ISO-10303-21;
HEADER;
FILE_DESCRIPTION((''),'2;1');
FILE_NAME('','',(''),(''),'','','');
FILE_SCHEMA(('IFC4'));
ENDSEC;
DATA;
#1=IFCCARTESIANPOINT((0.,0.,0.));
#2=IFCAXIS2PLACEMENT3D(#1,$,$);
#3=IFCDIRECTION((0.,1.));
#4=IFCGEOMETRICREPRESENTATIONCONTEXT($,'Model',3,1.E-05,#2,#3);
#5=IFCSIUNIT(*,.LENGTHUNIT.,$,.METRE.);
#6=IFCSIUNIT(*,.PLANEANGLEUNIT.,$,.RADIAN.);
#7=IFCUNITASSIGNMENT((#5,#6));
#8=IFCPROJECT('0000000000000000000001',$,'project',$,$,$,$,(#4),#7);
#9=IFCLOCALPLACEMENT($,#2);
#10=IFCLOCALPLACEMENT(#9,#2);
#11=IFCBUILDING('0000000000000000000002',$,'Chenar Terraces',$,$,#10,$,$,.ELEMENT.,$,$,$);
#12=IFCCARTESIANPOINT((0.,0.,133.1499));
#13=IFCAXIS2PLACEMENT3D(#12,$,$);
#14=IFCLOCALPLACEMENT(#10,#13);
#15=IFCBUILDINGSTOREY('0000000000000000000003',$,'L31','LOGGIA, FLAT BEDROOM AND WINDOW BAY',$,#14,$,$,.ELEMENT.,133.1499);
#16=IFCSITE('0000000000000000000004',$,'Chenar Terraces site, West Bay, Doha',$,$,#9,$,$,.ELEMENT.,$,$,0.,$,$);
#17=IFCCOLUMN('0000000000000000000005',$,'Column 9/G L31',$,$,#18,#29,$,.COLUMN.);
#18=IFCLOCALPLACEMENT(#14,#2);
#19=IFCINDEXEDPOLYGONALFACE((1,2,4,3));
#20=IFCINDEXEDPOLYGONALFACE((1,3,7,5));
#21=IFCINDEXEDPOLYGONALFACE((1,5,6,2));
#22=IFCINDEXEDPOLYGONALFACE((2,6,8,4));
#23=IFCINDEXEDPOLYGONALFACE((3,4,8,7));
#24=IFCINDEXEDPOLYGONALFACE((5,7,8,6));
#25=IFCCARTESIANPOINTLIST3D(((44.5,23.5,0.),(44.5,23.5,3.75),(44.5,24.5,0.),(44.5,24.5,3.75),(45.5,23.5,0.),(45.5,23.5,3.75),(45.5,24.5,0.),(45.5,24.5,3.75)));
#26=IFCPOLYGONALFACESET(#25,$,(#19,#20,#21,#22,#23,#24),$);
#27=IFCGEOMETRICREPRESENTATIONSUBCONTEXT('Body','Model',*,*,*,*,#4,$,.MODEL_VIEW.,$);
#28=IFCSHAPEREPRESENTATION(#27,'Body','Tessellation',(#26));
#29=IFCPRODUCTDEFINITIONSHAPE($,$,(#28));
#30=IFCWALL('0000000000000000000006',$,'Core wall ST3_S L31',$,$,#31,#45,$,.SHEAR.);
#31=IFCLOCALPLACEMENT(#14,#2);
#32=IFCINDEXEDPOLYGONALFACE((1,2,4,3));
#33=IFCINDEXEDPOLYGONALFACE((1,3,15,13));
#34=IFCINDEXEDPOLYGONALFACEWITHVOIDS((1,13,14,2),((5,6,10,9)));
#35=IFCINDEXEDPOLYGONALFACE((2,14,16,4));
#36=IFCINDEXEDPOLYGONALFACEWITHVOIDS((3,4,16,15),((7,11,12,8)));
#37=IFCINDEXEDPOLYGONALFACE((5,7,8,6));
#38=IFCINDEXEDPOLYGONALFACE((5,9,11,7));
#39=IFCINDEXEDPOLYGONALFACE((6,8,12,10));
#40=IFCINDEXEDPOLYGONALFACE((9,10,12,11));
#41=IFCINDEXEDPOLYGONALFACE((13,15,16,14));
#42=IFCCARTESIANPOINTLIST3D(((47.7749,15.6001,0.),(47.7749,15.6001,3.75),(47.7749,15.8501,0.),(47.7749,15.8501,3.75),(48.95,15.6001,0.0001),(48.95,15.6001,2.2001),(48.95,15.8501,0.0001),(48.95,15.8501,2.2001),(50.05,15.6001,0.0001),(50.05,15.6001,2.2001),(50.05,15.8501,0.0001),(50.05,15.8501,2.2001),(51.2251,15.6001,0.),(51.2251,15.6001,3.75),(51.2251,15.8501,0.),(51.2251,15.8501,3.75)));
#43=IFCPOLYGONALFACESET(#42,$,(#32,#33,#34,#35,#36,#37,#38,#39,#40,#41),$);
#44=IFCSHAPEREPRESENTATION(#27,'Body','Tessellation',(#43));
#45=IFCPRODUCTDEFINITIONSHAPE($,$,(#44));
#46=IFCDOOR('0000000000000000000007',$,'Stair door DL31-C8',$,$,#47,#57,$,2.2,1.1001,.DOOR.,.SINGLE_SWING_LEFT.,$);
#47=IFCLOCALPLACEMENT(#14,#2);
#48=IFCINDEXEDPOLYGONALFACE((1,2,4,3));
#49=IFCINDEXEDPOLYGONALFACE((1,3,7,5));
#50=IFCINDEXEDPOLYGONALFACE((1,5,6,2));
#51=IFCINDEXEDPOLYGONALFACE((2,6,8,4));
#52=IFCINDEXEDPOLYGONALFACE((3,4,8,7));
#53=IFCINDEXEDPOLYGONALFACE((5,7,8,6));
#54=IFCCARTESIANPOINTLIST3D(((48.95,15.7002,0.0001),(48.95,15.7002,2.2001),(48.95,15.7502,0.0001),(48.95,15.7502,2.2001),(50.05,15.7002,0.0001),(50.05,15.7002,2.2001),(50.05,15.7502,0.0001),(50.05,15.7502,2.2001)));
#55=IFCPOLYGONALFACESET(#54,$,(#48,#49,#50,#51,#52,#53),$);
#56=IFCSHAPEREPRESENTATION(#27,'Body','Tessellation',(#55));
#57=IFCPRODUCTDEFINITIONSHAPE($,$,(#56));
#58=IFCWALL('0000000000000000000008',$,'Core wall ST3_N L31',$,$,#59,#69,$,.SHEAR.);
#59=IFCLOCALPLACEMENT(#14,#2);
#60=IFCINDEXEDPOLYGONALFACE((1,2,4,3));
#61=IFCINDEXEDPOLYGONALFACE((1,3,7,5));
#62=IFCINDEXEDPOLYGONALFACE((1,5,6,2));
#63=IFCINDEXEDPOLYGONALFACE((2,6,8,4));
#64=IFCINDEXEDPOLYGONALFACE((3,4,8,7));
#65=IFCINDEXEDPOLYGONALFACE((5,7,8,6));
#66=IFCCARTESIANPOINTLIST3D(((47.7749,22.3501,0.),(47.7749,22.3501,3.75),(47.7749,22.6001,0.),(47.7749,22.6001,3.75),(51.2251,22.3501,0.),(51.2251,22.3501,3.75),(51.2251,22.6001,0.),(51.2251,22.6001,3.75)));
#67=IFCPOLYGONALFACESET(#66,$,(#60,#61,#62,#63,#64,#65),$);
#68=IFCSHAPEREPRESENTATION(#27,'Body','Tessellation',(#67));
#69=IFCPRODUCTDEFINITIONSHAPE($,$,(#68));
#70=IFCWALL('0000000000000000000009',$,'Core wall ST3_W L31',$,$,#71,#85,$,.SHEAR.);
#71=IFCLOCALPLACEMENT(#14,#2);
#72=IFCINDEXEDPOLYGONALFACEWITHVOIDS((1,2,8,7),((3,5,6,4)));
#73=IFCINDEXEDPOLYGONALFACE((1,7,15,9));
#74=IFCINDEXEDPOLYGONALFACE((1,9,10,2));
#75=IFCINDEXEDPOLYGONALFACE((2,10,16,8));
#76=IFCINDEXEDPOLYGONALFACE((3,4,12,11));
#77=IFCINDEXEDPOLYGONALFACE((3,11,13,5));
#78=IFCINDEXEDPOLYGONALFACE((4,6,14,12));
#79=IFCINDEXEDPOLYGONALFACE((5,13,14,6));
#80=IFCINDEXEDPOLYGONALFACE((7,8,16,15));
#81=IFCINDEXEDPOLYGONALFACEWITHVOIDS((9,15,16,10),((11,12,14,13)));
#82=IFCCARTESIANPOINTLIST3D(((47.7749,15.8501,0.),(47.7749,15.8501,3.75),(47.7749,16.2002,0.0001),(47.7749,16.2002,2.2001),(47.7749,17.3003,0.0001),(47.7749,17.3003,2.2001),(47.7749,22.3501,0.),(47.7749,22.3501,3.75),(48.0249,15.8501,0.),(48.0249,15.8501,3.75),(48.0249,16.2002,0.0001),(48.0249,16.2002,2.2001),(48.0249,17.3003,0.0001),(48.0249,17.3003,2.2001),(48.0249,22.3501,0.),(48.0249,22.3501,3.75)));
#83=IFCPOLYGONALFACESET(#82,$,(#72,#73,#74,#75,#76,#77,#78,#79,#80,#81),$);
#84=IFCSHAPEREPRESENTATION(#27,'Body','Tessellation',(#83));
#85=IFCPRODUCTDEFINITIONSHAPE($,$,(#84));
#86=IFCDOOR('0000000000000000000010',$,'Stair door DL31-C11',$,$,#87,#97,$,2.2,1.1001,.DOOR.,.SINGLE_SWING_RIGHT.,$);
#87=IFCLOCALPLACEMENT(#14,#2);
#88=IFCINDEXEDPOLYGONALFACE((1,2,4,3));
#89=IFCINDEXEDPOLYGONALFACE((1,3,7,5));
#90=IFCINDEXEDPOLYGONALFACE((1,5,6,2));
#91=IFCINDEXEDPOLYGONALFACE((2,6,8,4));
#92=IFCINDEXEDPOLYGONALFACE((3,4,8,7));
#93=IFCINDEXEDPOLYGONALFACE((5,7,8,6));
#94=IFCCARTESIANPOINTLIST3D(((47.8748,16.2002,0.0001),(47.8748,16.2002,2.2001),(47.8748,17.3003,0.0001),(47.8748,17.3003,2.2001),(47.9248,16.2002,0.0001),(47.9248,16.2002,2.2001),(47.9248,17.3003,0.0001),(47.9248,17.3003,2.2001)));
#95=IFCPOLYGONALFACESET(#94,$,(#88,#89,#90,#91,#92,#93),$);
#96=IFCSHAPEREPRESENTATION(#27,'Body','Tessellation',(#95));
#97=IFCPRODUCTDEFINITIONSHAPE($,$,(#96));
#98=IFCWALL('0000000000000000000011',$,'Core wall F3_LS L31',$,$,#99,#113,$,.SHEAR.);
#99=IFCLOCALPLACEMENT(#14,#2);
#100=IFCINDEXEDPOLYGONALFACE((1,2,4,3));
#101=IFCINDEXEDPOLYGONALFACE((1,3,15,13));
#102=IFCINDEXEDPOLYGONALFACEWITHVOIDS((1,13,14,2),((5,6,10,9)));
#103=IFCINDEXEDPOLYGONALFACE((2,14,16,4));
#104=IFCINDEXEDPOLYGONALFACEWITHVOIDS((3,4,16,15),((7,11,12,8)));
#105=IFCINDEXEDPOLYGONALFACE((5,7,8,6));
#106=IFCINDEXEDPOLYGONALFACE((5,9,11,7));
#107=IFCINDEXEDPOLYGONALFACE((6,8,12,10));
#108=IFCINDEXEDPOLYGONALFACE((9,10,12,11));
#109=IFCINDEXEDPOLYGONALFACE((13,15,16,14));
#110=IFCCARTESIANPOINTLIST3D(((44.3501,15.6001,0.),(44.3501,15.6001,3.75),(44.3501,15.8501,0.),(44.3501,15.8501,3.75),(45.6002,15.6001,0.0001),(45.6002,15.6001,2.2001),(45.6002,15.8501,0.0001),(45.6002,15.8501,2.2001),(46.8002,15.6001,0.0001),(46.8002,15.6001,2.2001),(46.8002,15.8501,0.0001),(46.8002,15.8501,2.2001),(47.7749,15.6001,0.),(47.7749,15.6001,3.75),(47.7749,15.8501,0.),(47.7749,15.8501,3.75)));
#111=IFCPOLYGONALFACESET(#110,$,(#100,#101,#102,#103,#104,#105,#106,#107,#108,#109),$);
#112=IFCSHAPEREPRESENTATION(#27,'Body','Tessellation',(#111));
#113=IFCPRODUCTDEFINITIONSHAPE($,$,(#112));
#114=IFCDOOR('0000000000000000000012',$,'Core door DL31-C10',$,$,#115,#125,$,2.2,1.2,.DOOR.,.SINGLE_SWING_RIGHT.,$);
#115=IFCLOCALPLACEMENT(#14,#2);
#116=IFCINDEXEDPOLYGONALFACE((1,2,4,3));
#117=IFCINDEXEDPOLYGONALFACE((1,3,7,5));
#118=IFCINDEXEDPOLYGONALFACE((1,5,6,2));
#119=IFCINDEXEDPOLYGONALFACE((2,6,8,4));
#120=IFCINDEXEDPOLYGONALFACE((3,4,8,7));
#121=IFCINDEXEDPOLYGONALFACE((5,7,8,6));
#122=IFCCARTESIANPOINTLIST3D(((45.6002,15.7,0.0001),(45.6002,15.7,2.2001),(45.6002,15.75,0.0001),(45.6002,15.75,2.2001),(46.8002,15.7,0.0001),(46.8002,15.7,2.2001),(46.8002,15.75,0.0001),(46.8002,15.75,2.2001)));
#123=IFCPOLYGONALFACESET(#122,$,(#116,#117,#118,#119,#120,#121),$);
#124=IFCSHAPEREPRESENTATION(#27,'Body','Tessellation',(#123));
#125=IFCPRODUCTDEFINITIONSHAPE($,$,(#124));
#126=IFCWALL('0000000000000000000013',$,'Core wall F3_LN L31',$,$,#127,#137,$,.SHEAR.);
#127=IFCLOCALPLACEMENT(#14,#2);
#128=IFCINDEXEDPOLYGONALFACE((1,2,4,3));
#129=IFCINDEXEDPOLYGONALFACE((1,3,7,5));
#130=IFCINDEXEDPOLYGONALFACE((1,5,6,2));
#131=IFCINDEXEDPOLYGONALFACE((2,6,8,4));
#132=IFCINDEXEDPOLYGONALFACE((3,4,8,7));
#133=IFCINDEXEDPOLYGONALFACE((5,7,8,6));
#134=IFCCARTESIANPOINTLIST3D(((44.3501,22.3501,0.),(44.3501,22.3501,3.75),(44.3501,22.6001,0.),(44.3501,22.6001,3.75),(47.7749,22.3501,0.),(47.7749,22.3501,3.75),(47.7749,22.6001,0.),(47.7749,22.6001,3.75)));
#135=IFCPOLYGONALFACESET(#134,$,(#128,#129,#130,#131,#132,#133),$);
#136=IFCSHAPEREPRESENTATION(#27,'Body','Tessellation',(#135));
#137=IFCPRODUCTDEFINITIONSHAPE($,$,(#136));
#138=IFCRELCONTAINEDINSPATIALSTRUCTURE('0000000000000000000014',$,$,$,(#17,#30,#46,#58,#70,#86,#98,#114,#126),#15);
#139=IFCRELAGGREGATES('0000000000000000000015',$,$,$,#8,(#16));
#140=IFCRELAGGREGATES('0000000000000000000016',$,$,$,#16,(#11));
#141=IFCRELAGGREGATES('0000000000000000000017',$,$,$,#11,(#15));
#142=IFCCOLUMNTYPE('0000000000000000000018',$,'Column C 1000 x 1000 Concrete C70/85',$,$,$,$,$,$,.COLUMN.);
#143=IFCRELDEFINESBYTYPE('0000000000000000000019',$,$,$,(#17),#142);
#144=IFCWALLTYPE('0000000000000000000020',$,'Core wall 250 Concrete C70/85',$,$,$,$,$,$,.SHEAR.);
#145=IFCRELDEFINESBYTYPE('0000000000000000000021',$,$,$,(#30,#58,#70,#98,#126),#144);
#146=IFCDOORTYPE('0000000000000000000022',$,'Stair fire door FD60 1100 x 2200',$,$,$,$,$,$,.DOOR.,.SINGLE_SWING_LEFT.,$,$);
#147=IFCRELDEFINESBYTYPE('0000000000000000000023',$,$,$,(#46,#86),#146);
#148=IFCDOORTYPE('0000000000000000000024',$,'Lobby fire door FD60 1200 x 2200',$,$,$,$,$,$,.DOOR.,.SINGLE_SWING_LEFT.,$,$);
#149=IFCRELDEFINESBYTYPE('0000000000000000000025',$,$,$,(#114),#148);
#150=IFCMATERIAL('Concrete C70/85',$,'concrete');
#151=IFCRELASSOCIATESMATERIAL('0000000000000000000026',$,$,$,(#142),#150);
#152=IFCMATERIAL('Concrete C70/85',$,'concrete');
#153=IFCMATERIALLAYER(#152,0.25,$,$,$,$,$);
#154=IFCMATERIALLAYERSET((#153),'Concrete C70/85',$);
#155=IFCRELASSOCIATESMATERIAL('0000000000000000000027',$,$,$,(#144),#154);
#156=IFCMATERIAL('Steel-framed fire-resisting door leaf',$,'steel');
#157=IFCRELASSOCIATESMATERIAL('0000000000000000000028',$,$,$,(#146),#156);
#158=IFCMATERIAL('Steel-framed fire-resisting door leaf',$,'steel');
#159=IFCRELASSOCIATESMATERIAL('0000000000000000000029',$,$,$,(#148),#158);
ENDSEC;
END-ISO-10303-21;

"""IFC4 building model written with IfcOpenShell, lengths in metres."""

from ifc_helpers import new_model, si_unit, direction, frame, frame_2d, origin, origin_2d, place, context, subcontext, project, spatial, rectangle, extrude, material, layer, layer_set, material_profile, profile_set, type_object, element, fill, save


model = new_model("IFC4")

# Units and contexts
model_context = context("Model", 3, precision=1e-05, world=origin(), true_north=direction((0.0, 1.0)))
body_context = subcontext(model_context, "Body", "Model", "MODEL_VIEW")
ifc_project = project(units=[si_unit("LENGTHUNIT", "METRE"), si_unit("PLANEANGLEUNIT", "RADIAN")], contexts=[model_context])

# Site, building, storey
site_placement = place(None, origin())
site = spatial("IfcSite", under=ifc_project, at=site_placement, Name="Chenar Terraces site, West Bay, Doha", CompositionType="ELEMENT", RefElevation=0.0)
building_placement = place(site_placement, origin())
building = spatial("IfcBuilding", under=site, at=building_placement, Name="Chenar Terraces", CompositionType="ELEMENT")
storey_placement = place(building_placement, frame((0.0, 0.0, 133.1499)))
storey = spatial("IfcBuildingStorey", under=building, at=storey_placement, Name="L31", Description="LOGGIA, FLAT BEDROOM AND WINDOW BAY", CompositionType="ELEMENT", Elevation=133.1499)

# Column
ifc_material_1 = material(Name="Concrete C70/85", Category="concrete")
ifc_material_profile = material_profile(ifc_material_1, rectangle(XDim=1.0, YDim=1.0, at=origin_2d()), Name="C 1000 x 1000")
ifc_profile_set = profile_set([ifc_material_profile], Name="Concrete C70/85")
column_type = type_object("IfcColumnType", Name="Column C 1000 x 1000 Concrete C70/85", PredefinedType="COLUMN", material=ifc_profile_set)
column_placement = place(storey_placement, frame((45.0, 24.0, 0.0), z_axis=(0.0, 0.0, 1.0), x_axis=(1.0, 0.0, 0.0)))
element("IfcColumn", 1, at=column_placement, inside=storey, type_object=column_type, Name="Column 9/G L31", PredefinedType="COLUMN", context=body_context, shape_type="SweptSolid", body=[
    extrude(rectangle(XDim=1.0, YDim=1.0, at=origin_2d()), origin(), (0.0, 0.0, 1.0), 3.75),
])

# Wall, opening, door
ifc_material_2 = material(Name="Concrete C70/85", Category="concrete")
ifc_layer_1 = layer(ifc_material_2, 0.25)
ifc_layer_set_1 = layer_set([ifc_layer_1], Name="Concrete C70/85")
wall_type_1 = type_object("IfcWallType", Name="Core wall 250 Concrete C70/85", PredefinedType="SHEAR", material=ifc_layer_set_1)
wall_1_placement = place(storey_placement, frame((47.7749, 15.7251, 0.0), z_axis=(0.0, 0.0, 1.0), x_axis=(1.0, 0.0, 0.0)))
wall_1 = element("IfcWall", 2, at=wall_1_placement, inside=storey, type_object=wall_type_1, Name="Core wall ST3_S L31", PredefinedType="SHEAR", context=body_context, shape_type="SweptSolid", body=[
    extrude(rectangle(XDim=3.4502, YDim=0.25, at=frame_2d((1.7251, 0.0))), origin(), (0.0, 0.0, 1.0), 3.75),
])
opening_1_placement = place(wall_1_placement, frame((1.175, 0.0, 0.0)))
opening_1 = element("IfcOpeningElement", 3, at=opening_1_placement, cuts=wall_1, PredefinedType="OPENING", context=body_context, shape_type="SweptSolid", body=[
    extrude(rectangle(XDim=1.1001, YDim=2.2, at=frame_2d((0.55, 1.1001))), frame((0.0, 0.135, 0.0), z_axis=(0.0, -1.0, 0.0), x_axis=(1.0, 0.0, 0.0)), (0.0, 0.0, 1.0), 0.27),
])
ifc_material_3 = material(Name="Steel-framed fire-resisting door leaf", Category="steel")
door_type_1 = type_object("IfcDoorType", Name="Stair fire door FD60 1100 x 2200", OperationType="SINGLE_SWING_LEFT", PredefinedType="DOOR", material=ifc_material_3)
door_1_placement = place(opening_1_placement, frame((1.1001, 0.0, 0.0), z_axis=(0.0, 0.0, 1.0), x_axis=(-1.0, 0.0, 0.0)))
door_1 = element("IfcDoor", 4, at=door_1_placement, inside=storey, type_object=door_type_1, Name="Stair door DL31-C8", OperationType="SINGLE_SWING_LEFT", OverallHeight=2.2, OverallWidth=1.1001, PredefinedType="DOOR", context=body_context, shape_type="SweptSolid", body=[
    extrude(rectangle(XDim=1.1001, YDim=2.2, at=frame_2d((0.55, 1.1001))), frame((0.0, 0.0249, 0.0), z_axis=(0.0, -1.0, 0.0), x_axis=(1.0, 0.0, 0.0)), (0.0, 0.0, 1.0), 0.05),
])
fill(opening_1, door_1)

# Wall
wall_2_placement = place(storey_placement, frame((47.7749, 22.4751, 0.0), z_axis=(0.0, 0.0, 1.0), x_axis=(1.0, 0.0, 0.0)))
element("IfcWall", 5, at=wall_2_placement, inside=storey, type_object=wall_type_1, Name="Core wall ST3_N L31", PredefinedType="SHEAR", context=body_context, shape_type="SweptSolid", body=[
    extrude(rectangle(XDim=3.4502, YDim=0.25, at=frame_2d((1.7251, 0.0))), origin(), (0.0, 0.0, 1.0), 3.75),
])

# Walls, openings, doors
wall_3_placement = place(storey_placement, frame((47.8999, 15.8501, 0.0), z_axis=(0.0, 0.0, 1.0), x_axis=(0.0, 1.0, 0.0)))
wall_3 = element("IfcWall", 6, at=wall_3_placement, inside=storey, type_object=wall_type_1, Name="Core wall ST3_W L31", PredefinedType="SHEAR", context=body_context, shape_type="SweptSolid", body=[
    extrude(rectangle(XDim=6.5, YDim=0.25, at=frame_2d((3.25, 0.0))), origin(), (0.0, 0.0, 1.0), 3.75),
])
opening_2_placement = place(wall_3_placement, frame((0.3501, 0.0, 0.0)))
opening_2 = element("IfcOpeningElement", 7, at=opening_2_placement, cuts=wall_3, PredefinedType="OPENING", context=body_context, shape_type="SweptSolid", body=[
    extrude(rectangle(XDim=1.1001, YDim=2.2, at=frame_2d((0.55, 1.1001))), frame((0.0, 0.135, 0.0), z_axis=(0.0, -1.0, 0.0), x_axis=(1.0, 0.0, 0.0)), (0.0, 0.0, 1.0), 0.27),
])
door_2_placement = place(opening_2_placement, frame((1.1001, 0.0, 0.0), z_axis=(0.0, 0.0, 1.0), x_axis=(-1.0, 0.0, 0.0)))
door_2 = element("IfcDoor", 8, at=door_2_placement, inside=storey, type_object=door_type_1, Name="Stair door DL31-C11", OperationType="SINGLE_SWING_RIGHT", OverallHeight=2.2, OverallWidth=1.1001, PredefinedType="DOOR", context=body_context, shape_type="SweptSolid", body=[
    extrude(rectangle(XDim=1.1001, YDim=2.2, at=frame_2d((0.55, 1.1001))), frame((0.0, 0.0249, 0.0), z_axis=(0.0, -1.0, 0.0), x_axis=(1.0, 0.0, 0.0)), (0.0, 0.0, 1.0), 0.05),
])
fill(opening_2, door_2)
wall_4_placement = place(storey_placement, frame((44.3501, 15.7251, 0.0), z_axis=(0.0, 0.0, 1.0), x_axis=(1.0, 0.0, 0.0)))
wall_4 = element("IfcWall", 9, at=wall_4_placement, inside=storey, type_object=wall_type_1, Name="Core wall F3_LS L31", PredefinedType="SHEAR", context=body_context, shape_type="SweptSolid", body=[
    extrude(rectangle(XDim=3.4248, YDim=0.25, at=frame_2d((1.7124, 0.0))), origin(), (0.0, 0.0, 1.0), 3.75),
])
opening_3_placement = place(wall_4_placement, frame((1.25, 0.0, 0.0)))
opening_3 = element("IfcOpeningElement", 10, at=opening_3_placement, cuts=wall_4, PredefinedType="OPENING", context=body_context, shape_type="SweptSolid", body=[
    extrude(rectangle(XDim=1.2, YDim=2.2, at=frame_2d((0.6001, 1.1001))), frame((0.0, 0.135, 0.0), z_axis=(0.0, -1.0, 0.0), x_axis=(1.0, 0.0, 0.0)), (0.0, 0.0, 1.0), 0.27),
])
ifc_material_4 = material(Name="Steel-framed fire-resisting door leaf", Category="steel")
door_type_2 = type_object("IfcDoorType", Name="Lobby fire door FD60 1200 x 2200", OperationType="SINGLE_SWING_LEFT", PredefinedType="DOOR", material=ifc_material_4)
door_3_placement = place(opening_3_placement, origin())
door_3 = element("IfcDoor", 11, at=door_3_placement, inside=storey, type_object=door_type_2, Name="Core door DL31-C10", OperationType="SINGLE_SWING_RIGHT", OverallHeight=2.2, OverallWidth=1.2, PredefinedType="DOOR", context=body_context, shape_type="SweptSolid", body=[
    extrude(rectangle(XDim=1.2, YDim=2.2, at=frame_2d((0.6001, 1.1001))), frame((0.0, 0.0249, 0.0), z_axis=(0.0, -1.0, 0.0), x_axis=(1.0, 0.0, 0.0)), (0.0, 0.0, 1.0), 0.05),
])
fill(opening_3, door_3)

# Wall
wall_5_placement = place(storey_placement, frame((44.3501, 22.4751, 0.0), z_axis=(0.0, 0.0, 1.0), x_axis=(1.0, 0.0, 0.0)))
element("IfcWall", 12, at=wall_5_placement, inside=storey, type_object=wall_type_1, Name="Core wall F3_LN L31", PredefinedType="SHEAR", context=body_context, shape_type="SweptSolid", body=[
    extrude(rectangle(XDim=3.4248, YDim=0.25, at=frame_2d((1.7124, 0.0))), origin(), (0.0, 0.0, 1.0), 3.75),
])

save(model, "model.ifc")
